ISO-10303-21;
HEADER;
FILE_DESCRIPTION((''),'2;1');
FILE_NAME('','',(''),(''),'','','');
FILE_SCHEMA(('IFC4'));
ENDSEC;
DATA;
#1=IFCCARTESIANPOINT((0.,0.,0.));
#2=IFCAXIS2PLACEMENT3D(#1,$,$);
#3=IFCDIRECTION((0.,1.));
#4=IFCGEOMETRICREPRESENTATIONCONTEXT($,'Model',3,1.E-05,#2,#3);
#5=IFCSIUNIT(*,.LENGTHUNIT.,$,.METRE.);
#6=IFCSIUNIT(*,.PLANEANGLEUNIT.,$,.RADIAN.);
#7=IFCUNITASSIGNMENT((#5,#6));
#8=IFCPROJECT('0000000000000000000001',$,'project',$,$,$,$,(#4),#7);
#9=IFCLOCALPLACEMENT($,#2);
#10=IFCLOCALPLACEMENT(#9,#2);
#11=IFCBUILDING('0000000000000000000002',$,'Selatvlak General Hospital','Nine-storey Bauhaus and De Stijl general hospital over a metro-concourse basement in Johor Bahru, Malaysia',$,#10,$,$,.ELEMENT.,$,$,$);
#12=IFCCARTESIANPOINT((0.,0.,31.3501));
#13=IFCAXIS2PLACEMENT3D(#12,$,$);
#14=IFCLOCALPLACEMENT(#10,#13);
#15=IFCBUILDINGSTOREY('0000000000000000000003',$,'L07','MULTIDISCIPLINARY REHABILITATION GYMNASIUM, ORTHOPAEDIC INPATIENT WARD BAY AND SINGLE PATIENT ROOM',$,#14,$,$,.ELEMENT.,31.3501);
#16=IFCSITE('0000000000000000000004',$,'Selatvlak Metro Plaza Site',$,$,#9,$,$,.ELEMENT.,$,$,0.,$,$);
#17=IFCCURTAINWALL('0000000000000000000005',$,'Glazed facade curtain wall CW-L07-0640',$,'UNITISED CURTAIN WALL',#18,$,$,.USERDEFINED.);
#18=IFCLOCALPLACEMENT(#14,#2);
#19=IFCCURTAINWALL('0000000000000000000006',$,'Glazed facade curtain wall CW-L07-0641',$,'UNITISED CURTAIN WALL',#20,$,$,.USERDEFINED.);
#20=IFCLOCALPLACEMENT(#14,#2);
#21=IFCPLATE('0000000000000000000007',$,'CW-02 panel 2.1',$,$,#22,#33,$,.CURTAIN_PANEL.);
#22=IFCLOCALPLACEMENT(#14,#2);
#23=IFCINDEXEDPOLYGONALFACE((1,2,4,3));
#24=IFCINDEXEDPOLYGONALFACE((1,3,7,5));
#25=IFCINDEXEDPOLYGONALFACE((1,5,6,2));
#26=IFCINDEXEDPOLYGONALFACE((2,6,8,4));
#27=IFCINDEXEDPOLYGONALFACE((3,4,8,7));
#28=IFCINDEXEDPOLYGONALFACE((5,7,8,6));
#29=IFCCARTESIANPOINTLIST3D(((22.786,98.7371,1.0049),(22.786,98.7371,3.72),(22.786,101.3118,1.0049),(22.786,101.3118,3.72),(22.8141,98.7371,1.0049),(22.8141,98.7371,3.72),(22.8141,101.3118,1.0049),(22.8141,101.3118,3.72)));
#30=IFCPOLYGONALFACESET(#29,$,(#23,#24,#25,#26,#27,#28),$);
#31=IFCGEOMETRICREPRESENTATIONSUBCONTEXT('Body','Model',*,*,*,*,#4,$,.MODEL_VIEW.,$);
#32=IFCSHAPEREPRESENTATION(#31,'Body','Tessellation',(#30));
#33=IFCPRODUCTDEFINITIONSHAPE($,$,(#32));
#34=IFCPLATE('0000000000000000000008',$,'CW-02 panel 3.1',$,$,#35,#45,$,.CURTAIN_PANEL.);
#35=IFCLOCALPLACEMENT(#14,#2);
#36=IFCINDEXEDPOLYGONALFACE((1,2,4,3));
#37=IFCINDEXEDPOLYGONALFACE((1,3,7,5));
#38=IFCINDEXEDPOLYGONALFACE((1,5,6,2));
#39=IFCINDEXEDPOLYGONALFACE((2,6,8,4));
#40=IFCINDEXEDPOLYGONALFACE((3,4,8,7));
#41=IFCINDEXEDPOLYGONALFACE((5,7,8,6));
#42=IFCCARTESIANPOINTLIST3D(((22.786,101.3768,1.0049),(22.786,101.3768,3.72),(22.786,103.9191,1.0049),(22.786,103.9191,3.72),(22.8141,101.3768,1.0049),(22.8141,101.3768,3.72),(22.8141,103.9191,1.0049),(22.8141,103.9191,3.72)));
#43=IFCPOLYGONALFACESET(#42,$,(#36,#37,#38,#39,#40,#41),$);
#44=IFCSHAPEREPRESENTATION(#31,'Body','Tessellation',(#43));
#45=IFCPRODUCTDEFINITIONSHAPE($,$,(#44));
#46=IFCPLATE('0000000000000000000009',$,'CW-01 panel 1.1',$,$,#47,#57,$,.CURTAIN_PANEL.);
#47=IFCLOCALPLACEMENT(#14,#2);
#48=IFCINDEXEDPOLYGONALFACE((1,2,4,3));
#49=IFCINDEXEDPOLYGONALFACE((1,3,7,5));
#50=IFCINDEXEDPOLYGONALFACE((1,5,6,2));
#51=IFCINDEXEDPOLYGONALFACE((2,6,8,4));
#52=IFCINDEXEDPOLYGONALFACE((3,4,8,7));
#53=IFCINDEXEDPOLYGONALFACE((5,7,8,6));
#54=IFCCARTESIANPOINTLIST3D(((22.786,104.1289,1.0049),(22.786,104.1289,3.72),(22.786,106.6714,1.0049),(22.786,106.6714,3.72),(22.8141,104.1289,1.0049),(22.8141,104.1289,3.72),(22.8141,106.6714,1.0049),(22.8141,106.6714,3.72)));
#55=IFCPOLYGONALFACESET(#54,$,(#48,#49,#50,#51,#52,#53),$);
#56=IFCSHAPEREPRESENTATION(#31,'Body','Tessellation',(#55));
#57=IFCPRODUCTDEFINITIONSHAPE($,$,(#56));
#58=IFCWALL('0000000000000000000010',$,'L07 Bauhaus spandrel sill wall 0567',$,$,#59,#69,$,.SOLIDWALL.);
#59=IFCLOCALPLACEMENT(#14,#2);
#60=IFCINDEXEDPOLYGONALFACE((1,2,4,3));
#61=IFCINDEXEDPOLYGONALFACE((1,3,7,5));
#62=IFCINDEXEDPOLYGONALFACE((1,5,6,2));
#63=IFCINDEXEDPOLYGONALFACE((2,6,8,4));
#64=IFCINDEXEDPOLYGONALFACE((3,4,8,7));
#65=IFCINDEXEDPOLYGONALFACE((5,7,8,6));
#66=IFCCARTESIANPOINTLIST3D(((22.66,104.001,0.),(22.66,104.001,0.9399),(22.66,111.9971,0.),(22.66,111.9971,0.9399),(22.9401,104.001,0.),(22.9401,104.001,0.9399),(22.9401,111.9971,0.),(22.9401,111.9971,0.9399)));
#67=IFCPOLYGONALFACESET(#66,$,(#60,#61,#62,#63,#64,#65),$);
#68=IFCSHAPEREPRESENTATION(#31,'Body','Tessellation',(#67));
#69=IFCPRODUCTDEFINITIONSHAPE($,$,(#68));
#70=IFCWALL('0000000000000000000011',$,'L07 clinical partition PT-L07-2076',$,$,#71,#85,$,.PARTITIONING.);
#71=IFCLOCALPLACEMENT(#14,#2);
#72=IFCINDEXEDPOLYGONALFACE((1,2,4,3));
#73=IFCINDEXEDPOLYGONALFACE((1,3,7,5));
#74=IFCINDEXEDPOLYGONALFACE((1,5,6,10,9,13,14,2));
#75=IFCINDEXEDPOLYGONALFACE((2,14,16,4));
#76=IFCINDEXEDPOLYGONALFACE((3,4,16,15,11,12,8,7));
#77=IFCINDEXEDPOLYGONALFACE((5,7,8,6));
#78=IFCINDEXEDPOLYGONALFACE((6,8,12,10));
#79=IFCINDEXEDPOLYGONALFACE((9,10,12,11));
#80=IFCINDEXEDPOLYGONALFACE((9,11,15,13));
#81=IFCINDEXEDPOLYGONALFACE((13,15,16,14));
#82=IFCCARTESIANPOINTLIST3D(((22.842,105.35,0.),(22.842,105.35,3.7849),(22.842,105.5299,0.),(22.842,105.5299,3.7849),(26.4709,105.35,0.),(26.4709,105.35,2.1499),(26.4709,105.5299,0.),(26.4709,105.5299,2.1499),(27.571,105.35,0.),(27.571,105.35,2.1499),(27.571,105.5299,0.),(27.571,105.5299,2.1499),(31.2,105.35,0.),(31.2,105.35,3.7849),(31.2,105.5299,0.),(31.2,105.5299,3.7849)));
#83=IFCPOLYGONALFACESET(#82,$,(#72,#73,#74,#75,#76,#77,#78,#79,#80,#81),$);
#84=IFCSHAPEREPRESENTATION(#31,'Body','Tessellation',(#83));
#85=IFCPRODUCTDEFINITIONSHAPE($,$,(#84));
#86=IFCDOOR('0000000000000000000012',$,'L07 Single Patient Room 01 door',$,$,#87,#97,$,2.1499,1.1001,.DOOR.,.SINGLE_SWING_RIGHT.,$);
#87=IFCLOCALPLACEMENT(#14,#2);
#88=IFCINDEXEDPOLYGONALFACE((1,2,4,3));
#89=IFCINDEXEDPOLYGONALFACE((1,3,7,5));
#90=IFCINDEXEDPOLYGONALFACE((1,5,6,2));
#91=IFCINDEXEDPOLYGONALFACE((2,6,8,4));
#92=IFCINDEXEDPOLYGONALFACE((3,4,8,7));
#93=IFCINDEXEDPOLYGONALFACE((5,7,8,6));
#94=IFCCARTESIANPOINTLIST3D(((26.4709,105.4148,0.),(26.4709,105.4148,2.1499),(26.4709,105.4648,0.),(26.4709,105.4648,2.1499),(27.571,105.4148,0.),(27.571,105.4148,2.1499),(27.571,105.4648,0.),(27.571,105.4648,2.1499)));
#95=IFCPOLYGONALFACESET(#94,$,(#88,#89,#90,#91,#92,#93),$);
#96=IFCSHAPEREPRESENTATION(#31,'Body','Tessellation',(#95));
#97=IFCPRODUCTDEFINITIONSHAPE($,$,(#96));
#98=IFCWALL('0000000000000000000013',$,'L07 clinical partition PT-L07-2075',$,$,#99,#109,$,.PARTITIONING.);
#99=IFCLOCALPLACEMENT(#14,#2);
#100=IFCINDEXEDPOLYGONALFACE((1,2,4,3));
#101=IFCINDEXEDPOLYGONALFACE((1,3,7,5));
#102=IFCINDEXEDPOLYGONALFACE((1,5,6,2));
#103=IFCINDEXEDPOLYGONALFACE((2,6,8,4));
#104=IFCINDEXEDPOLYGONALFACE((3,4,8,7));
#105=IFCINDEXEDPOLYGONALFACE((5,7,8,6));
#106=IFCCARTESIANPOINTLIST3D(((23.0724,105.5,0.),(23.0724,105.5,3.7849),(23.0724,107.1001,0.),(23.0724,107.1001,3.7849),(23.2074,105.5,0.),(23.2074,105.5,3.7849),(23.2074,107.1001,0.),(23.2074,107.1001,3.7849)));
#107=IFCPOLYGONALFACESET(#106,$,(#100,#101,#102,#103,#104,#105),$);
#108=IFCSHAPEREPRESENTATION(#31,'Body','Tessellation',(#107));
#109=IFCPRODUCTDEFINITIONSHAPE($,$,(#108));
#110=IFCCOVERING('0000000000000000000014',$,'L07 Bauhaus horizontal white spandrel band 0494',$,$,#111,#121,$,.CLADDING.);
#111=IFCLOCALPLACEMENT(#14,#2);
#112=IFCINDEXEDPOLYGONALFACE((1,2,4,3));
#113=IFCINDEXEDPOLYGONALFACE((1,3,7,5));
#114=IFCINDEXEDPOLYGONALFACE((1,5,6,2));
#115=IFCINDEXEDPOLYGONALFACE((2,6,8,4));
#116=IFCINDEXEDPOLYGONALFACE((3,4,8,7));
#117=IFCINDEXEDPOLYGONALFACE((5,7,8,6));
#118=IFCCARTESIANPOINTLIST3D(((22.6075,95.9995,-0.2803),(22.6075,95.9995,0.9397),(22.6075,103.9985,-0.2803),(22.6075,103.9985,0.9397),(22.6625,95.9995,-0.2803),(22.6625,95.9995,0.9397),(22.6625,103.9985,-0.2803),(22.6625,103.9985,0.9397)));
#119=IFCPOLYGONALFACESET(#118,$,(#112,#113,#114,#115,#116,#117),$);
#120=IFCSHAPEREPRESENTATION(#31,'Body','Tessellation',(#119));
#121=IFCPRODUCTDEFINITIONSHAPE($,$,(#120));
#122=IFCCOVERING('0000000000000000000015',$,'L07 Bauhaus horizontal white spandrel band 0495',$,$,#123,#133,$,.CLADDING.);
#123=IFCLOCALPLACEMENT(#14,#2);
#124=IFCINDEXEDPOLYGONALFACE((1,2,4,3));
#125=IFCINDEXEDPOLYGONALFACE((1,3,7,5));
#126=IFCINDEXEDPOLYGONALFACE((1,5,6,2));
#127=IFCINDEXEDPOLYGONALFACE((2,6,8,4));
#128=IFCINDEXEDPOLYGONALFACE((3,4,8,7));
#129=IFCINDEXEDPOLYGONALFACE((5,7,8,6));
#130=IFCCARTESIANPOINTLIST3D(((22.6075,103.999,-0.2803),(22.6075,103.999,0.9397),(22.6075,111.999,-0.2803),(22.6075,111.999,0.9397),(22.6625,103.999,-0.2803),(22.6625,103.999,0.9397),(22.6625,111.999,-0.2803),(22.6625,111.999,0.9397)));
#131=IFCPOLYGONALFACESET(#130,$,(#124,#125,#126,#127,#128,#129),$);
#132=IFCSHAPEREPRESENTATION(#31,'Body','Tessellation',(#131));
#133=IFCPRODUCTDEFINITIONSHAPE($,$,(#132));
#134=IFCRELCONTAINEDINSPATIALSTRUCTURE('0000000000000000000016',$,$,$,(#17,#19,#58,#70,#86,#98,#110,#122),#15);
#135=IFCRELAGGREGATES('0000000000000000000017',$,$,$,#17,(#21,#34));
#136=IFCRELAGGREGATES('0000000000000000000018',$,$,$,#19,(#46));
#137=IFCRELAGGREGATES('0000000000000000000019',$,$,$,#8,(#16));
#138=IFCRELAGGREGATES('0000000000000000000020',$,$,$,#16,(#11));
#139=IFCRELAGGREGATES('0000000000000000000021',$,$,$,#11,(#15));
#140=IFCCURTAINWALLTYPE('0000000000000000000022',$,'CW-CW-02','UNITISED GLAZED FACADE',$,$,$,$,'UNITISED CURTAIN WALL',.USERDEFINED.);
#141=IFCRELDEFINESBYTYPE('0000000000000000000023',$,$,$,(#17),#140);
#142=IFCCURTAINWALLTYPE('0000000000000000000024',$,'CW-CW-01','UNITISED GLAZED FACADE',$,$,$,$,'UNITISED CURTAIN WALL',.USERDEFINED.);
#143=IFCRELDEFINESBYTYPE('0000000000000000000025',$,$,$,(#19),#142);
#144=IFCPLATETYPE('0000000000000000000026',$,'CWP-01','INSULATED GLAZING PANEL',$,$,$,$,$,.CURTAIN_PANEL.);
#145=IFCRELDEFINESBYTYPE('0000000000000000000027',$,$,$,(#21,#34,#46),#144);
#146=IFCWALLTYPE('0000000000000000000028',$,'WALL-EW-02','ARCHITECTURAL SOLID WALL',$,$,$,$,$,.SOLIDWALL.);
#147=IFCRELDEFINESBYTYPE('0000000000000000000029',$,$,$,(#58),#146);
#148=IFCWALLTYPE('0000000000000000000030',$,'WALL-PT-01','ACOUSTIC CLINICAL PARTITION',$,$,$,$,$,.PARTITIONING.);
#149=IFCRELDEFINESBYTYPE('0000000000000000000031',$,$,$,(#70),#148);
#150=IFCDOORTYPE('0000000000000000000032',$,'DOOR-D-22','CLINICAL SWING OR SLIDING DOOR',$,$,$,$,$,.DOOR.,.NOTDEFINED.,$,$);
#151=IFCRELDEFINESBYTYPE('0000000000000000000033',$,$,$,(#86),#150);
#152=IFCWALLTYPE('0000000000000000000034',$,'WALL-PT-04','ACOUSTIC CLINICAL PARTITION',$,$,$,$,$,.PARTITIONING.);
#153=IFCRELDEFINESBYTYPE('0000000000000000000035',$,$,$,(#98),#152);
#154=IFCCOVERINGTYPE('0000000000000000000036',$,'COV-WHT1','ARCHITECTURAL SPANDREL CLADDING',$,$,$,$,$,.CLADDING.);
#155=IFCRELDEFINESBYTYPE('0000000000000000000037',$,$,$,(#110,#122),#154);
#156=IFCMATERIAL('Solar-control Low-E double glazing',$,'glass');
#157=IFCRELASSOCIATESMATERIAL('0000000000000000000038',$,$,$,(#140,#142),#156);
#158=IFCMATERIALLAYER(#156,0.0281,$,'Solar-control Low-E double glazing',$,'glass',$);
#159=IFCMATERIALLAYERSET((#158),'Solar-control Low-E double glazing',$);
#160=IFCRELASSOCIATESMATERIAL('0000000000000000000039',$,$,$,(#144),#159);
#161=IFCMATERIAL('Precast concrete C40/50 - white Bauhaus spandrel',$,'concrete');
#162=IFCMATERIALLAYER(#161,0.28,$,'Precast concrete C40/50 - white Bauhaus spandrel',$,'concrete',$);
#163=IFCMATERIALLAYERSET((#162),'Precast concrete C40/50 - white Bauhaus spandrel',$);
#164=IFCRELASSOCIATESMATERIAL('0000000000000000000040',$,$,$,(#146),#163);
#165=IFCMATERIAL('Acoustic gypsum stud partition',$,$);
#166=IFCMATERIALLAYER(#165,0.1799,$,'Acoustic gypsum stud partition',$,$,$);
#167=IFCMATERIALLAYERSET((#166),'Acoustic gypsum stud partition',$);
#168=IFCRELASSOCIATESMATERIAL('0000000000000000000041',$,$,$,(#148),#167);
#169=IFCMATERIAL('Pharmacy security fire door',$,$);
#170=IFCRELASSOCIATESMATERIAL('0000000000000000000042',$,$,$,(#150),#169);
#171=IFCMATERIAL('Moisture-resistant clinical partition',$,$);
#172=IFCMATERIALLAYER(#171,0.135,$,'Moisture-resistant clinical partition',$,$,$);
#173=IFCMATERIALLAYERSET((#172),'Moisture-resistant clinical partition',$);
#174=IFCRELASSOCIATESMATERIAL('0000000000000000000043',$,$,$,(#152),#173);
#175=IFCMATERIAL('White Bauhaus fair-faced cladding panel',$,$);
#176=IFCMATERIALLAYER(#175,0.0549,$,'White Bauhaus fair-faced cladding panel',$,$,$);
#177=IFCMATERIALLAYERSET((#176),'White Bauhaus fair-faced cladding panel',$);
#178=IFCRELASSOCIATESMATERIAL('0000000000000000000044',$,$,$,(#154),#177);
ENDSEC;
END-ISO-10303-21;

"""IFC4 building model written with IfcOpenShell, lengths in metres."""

from ifc_helpers import new_model, si_unit, direction, frame, frame_2d, origin, origin_2d, place, context, subcontext, project, spatial, rectangle, extrude, material, layer, layer_set, type_object, element, fill, aggregate, save


model = new_model("IFC4")

# Units and contexts
model_context = context("Model", 3, precision=1e-05, world=origin(), true_north=direction((0.0, 1.0)))
body_context = subcontext(model_context, "Body", "Model", "MODEL_VIEW")
ifc_project = project(units=[si_unit("LENGTHUNIT", "METRE"), si_unit("PLANEANGLEUNIT", "RADIAN")], contexts=[model_context])

# Site, building, storey
site_placement = place(None, origin())
site = spatial("IfcSite", under=ifc_project, at=site_placement, Name="Selatvlak Metro Plaza Site", CompositionType="ELEMENT", RefElevation=0.0)
building_placement = place(site_placement, origin())
building = spatial("IfcBuilding", under=site, at=building_placement, Name="Selatvlak General Hospital", Description="Nine-storey Bauhaus and De Stijl general hospital over a metro-concourse basement in Johor Bahru, Malaysia", CompositionType="ELEMENT")
storey_placement = place(building_placement, frame((0.0, 0.0, 31.3501)))
storey = spatial("IfcBuildingStorey", under=building, at=storey_placement, Name="L07", Description="MULTIDISCIPLINARY REHABILITATION GYMNASIUM, ORTHOPAEDIC INPATIENT WARD BAY AND SINGLE PATIENT ROOM", CompositionType="ELEMENT", Elevation=31.3501)

# Curtain walls
ifc_material_1 = material(Name="Solar-control Low-E double glazing", Category="glass")
curtain_wall_type_1 = type_object("IfcCurtainWallType", Name="CW-CW-02", Description="UNITISED GLAZED FACADE", ElementType="UNITISED CURTAIN WALL", PredefinedType="USERDEFINED", material=ifc_material_1)
curtain_wall_1_placement = place(storey_placement, origin())
curtain_wall_1 = element("IfcCurtainWall", 1, at=curtain_wall_1_placement, inside=storey, type_object=curtain_wall_type_1, Name="Glazed facade curtain wall CW-L07-0640", ObjectType="UNITISED CURTAIN WALL", PredefinedType="USERDEFINED")
curtain_wall_type_2 = type_object("IfcCurtainWallType", Name="CW-CW-01", Description="UNITISED GLAZED FACADE", ElementType="UNITISED CURTAIN WALL", PredefinedType="USERDEFINED", material=ifc_material_1)
curtain_wall_2_placement = place(storey_placement, origin())
curtain_wall_2 = element("IfcCurtainWall", 2, at=curtain_wall_2_placement, inside=storey, type_object=curtain_wall_type_2, Name="Glazed facade curtain wall CW-L07-0641", ObjectType="UNITISED CURTAIN WALL", PredefinedType="USERDEFINED")

# Plates
ifc_layer_1 = layer(ifc_material_1, 0.0281, Name="Solar-control Low-E double glazing", Category="glass")
ifc_layer_set_1 = layer_set([ifc_layer_1], Name="Solar-control Low-E double glazing")
plate_type = type_object("IfcPlateType", Name="CWP-01", Description="INSULATED GLAZING PANEL", PredefinedType="CURTAIN_PANEL", material=ifc_layer_set_1)
plate_1_placement = place(storey_placement, frame((22.8, 100.0244, 1.0049), z_axis=(0.0, 0.0, 1.0), x_axis=(0.0, 1.0, 0.0)))
plate_1 = element("IfcPlate", 3, at=plate_1_placement, type_object=plate_type, Name="CW-02 panel 2.1", PredefinedType="CURTAIN_PANEL", context=body_context, shape_type="SweptSolid", body=[
    extrude(rectangle(XDim=2.5747, YDim=0.0281, at=origin_2d()), origin(), (0.0, 0.0, 1.0), 2.7151),
])
plate_2_placement = place(storey_placement, frame((22.8, 102.6479, 1.0049), z_axis=(0.0, 0.0, 1.0), x_axis=(0.0, 1.0, 0.0)))
plate_2 = element("IfcPlate", 4, at=plate_2_placement, type_object=plate_type, Name="CW-02 panel 3.1", PredefinedType="CURTAIN_PANEL", context=body_context, shape_type="SweptSolid", body=[
    extrude(rectangle(XDim=2.5422, YDim=0.0281, at=origin_2d()), origin(), (0.0, 0.0, 1.0), 2.7151),
])
aggregate(curtain_wall_1, [plate_1, plate_2])
plate_3_placement = place(storey_placement, frame((22.8, 105.4001, 1.0049), z_axis=(0.0, 0.0, 1.0), x_axis=(0.0, 1.0, 0.0)))
plate_3 = element("IfcPlate", 5, at=plate_3_placement, type_object=plate_type, Name="CW-01 panel 1.1", PredefinedType="CURTAIN_PANEL", context=body_context, shape_type="SweptSolid", body=[
    extrude(rectangle(XDim=2.5425, YDim=0.0281, at=origin_2d()), origin(), (0.0, 0.0, 1.0), 2.7151),
])
aggregate(curtain_wall_2, [plate_3])

# Wall
ifc_material_2 = material(Name="Precast concrete C40/50 - white Bauhaus spandrel", Category="concrete")
ifc_layer_2 = layer(ifc_material_2, 0.28, Name="Precast concrete C40/50 - white Bauhaus spandrel", Category="concrete")
ifc_layer_set_2 = layer_set([ifc_layer_2], Name="Precast concrete C40/50 - white Bauhaus spandrel")
wall_type_1 = type_object("IfcWallType", Name="WALL-EW-02", Description="ARCHITECTURAL SOLID WALL", PredefinedType="SOLIDWALL", material=ifc_layer_set_2)
wall_1_placement = place(storey_placement, frame((22.8, 104.001, 0.0), z_axis=(0.0, 0.0, 1.0), x_axis=(0.0, 1.0, 0.0)))
element("IfcWall", 6, at=wall_1_placement, inside=storey, type_object=wall_type_1, Name="L07 Bauhaus spandrel sill wall 0567", PredefinedType="SOLIDWALL", context=body_context, shape_type="SweptSolid", body=[
    extrude(rectangle(XDim=7.9961, YDim=0.28, at=frame_2d((3.998, 0.0))), origin(), (0.0, 0.0, 1.0), 0.9399),
])

# Wall, opening, door
ifc_material_3 = material(Name="Acoustic gypsum stud partition")
ifc_layer_3 = layer(ifc_material_3, 0.1799, Name="Acoustic gypsum stud partition")
ifc_layer_set_3 = layer_set([ifc_layer_3], Name="Acoustic gypsum stud partition")
wall_type_2 = type_object("IfcWallType", Name="WALL-PT-01", Description="ACOUSTIC CLINICAL PARTITION", PredefinedType="PARTITIONING", material=ifc_layer_set_3)
wall_2_placement = place(storey_placement, frame((22.842, 105.4399, 0.0), z_axis=(0.0, 0.0, 1.0), x_axis=(1.0, 0.0, 0.0)))
wall_2 = element("IfcWall", 7, at=wall_2_placement, inside=storey, type_object=wall_type_2, Name="L07 clinical partition PT-L07-2076", PredefinedType="PARTITIONING", context=body_context, shape_type="SweptSolid", body=[
    extrude(rectangle(XDim=8.3579, YDim=0.1799, at=frame_2d((4.179, 0.0))), origin(), (0.0, 0.0, 1.0), 3.7849),
])
opening_placement = place(wall_2_placement, frame((3.6289, 0.0, 0.0)))
opening = element("IfcOpeningElement", 8, at=opening_placement, cuts=wall_2, PredefinedType="OPENING", context=body_context, shape_type="SweptSolid", body=[
    extrude(rectangle(XDim=1.1001, YDim=2.1499, at=frame_2d((0.55, 1.075))), frame((0.0, 0.0999, 0.0), z_axis=(0.0, -1.0, 0.0), x_axis=(1.0, 0.0, 0.0)), (0.0, 0.0, 1.0), 0.2),
])
ifc_material_4 = material(Name="Pharmacy security fire door")
door_type = type_object("IfcDoorType", Name="DOOR-D-22", Description="CLINICAL SWING OR SLIDING DOOR", OperationType="NOTDEFINED", PredefinedType="DOOR", material=ifc_material_4)
door_placement = place(opening_placement, origin())
door = element("IfcDoor", 9, at=door_placement, inside=storey, type_object=door_type, Name="L07 Single Patient Room 01 door", OperationType="SINGLE_SWING_RIGHT", OverallHeight=2.1499, OverallWidth=1.1001, PredefinedType="DOOR", context=body_context, shape_type="SweptSolid", body=[
    extrude(rectangle(XDim=1.1001, YDim=2.1499, at=frame_2d((0.55, 1.075))), frame((0.0, 0.0249, 0.0), z_axis=(0.0, -1.0, 0.0), x_axis=(1.0, 0.0, 0.0)), (0.0, 0.0, 1.0), 0.05),
])
fill(opening, door)

# Wall
ifc_material_5 = material(Name="Moisture-resistant clinical partition")
ifc_layer_4 = layer(ifc_material_5, 0.135, Name="Moisture-resistant clinical partition")
ifc_layer_set_4 = layer_set([ifc_layer_4], Name="Moisture-resistant clinical partition")
wall_type_3 = type_object("IfcWallType", Name="WALL-PT-04", Description="ACOUSTIC CLINICAL PARTITION", PredefinedType="PARTITIONING", material=ifc_layer_set_4)
wall_3_placement = place(storey_placement, frame((23.1399, 107.1001, 0.0), z_axis=(0.0, 0.0, 1.0), x_axis=(0.0, -1.0, 0.0)))
element("IfcWall", 10, at=wall_3_placement, inside=storey, type_object=wall_type_3, Name="L07 clinical partition PT-L07-2075", PredefinedType="PARTITIONING", context=body_context, shape_type="SweptSolid", body=[
    extrude(rectangle(XDim=1.6001, YDim=0.135, at=frame_2d((0.8, 0.0))), origin(), (0.0, 0.0, 1.0), 3.7849),
])

# Coverings
ifc_material_6 = material(Name="White Bauhaus fair-faced cladding panel")
ifc_layer_5 = layer(ifc_material_6, 0.0549, Name="White Bauhaus fair-faced cladding panel")
ifc_layer_set_5 = layer_set([ifc_layer_5], Name="White Bauhaus fair-faced cladding panel")
covering_type = type_object("IfcCoveringType", Name="COV-WHT1", Description="ARCHITECTURAL SPANDREL CLADDING", PredefinedType="CLADDING", material=ifc_layer_set_5)
covering_1_placement = place(storey_placement, frame((22.635, 99.999, -0.2803), z_axis=(0.0, 0.0, 1.0), x_axis=(0.0, 1.0, 0.0)))
element("IfcCovering", 11, at=covering_1_placement, inside=storey, type_object=covering_type, Name="L07 Bauhaus horizontal white spandrel band 0494", PredefinedType="CLADDING", context=body_context, shape_type="SweptSolid", body=[
    extrude(rectangle(XDim=7.999, YDim=0.0549, at=origin_2d()), origin(), (0.0, 0.0, 1.0), 1.22),
])
covering_2_placement = place(storey_placement, frame((22.635, 107.999, -0.2803), z_axis=(0.0, 0.0, 1.0), x_axis=(0.0, 1.0, 0.0)))
element("IfcCovering", 12, at=covering_2_placement, inside=storey, type_object=covering_type, Name="L07 Bauhaus horizontal white spandrel band 0495", PredefinedType="CLADDING", context=body_context, shape_type="SweptSolid", body=[
    extrude(rectangle(XDim=8.0, YDim=0.0549, at=origin_2d()), origin(), (0.0, 0.0, 1.0), 1.22),
])

save(model, "model.ifc")
